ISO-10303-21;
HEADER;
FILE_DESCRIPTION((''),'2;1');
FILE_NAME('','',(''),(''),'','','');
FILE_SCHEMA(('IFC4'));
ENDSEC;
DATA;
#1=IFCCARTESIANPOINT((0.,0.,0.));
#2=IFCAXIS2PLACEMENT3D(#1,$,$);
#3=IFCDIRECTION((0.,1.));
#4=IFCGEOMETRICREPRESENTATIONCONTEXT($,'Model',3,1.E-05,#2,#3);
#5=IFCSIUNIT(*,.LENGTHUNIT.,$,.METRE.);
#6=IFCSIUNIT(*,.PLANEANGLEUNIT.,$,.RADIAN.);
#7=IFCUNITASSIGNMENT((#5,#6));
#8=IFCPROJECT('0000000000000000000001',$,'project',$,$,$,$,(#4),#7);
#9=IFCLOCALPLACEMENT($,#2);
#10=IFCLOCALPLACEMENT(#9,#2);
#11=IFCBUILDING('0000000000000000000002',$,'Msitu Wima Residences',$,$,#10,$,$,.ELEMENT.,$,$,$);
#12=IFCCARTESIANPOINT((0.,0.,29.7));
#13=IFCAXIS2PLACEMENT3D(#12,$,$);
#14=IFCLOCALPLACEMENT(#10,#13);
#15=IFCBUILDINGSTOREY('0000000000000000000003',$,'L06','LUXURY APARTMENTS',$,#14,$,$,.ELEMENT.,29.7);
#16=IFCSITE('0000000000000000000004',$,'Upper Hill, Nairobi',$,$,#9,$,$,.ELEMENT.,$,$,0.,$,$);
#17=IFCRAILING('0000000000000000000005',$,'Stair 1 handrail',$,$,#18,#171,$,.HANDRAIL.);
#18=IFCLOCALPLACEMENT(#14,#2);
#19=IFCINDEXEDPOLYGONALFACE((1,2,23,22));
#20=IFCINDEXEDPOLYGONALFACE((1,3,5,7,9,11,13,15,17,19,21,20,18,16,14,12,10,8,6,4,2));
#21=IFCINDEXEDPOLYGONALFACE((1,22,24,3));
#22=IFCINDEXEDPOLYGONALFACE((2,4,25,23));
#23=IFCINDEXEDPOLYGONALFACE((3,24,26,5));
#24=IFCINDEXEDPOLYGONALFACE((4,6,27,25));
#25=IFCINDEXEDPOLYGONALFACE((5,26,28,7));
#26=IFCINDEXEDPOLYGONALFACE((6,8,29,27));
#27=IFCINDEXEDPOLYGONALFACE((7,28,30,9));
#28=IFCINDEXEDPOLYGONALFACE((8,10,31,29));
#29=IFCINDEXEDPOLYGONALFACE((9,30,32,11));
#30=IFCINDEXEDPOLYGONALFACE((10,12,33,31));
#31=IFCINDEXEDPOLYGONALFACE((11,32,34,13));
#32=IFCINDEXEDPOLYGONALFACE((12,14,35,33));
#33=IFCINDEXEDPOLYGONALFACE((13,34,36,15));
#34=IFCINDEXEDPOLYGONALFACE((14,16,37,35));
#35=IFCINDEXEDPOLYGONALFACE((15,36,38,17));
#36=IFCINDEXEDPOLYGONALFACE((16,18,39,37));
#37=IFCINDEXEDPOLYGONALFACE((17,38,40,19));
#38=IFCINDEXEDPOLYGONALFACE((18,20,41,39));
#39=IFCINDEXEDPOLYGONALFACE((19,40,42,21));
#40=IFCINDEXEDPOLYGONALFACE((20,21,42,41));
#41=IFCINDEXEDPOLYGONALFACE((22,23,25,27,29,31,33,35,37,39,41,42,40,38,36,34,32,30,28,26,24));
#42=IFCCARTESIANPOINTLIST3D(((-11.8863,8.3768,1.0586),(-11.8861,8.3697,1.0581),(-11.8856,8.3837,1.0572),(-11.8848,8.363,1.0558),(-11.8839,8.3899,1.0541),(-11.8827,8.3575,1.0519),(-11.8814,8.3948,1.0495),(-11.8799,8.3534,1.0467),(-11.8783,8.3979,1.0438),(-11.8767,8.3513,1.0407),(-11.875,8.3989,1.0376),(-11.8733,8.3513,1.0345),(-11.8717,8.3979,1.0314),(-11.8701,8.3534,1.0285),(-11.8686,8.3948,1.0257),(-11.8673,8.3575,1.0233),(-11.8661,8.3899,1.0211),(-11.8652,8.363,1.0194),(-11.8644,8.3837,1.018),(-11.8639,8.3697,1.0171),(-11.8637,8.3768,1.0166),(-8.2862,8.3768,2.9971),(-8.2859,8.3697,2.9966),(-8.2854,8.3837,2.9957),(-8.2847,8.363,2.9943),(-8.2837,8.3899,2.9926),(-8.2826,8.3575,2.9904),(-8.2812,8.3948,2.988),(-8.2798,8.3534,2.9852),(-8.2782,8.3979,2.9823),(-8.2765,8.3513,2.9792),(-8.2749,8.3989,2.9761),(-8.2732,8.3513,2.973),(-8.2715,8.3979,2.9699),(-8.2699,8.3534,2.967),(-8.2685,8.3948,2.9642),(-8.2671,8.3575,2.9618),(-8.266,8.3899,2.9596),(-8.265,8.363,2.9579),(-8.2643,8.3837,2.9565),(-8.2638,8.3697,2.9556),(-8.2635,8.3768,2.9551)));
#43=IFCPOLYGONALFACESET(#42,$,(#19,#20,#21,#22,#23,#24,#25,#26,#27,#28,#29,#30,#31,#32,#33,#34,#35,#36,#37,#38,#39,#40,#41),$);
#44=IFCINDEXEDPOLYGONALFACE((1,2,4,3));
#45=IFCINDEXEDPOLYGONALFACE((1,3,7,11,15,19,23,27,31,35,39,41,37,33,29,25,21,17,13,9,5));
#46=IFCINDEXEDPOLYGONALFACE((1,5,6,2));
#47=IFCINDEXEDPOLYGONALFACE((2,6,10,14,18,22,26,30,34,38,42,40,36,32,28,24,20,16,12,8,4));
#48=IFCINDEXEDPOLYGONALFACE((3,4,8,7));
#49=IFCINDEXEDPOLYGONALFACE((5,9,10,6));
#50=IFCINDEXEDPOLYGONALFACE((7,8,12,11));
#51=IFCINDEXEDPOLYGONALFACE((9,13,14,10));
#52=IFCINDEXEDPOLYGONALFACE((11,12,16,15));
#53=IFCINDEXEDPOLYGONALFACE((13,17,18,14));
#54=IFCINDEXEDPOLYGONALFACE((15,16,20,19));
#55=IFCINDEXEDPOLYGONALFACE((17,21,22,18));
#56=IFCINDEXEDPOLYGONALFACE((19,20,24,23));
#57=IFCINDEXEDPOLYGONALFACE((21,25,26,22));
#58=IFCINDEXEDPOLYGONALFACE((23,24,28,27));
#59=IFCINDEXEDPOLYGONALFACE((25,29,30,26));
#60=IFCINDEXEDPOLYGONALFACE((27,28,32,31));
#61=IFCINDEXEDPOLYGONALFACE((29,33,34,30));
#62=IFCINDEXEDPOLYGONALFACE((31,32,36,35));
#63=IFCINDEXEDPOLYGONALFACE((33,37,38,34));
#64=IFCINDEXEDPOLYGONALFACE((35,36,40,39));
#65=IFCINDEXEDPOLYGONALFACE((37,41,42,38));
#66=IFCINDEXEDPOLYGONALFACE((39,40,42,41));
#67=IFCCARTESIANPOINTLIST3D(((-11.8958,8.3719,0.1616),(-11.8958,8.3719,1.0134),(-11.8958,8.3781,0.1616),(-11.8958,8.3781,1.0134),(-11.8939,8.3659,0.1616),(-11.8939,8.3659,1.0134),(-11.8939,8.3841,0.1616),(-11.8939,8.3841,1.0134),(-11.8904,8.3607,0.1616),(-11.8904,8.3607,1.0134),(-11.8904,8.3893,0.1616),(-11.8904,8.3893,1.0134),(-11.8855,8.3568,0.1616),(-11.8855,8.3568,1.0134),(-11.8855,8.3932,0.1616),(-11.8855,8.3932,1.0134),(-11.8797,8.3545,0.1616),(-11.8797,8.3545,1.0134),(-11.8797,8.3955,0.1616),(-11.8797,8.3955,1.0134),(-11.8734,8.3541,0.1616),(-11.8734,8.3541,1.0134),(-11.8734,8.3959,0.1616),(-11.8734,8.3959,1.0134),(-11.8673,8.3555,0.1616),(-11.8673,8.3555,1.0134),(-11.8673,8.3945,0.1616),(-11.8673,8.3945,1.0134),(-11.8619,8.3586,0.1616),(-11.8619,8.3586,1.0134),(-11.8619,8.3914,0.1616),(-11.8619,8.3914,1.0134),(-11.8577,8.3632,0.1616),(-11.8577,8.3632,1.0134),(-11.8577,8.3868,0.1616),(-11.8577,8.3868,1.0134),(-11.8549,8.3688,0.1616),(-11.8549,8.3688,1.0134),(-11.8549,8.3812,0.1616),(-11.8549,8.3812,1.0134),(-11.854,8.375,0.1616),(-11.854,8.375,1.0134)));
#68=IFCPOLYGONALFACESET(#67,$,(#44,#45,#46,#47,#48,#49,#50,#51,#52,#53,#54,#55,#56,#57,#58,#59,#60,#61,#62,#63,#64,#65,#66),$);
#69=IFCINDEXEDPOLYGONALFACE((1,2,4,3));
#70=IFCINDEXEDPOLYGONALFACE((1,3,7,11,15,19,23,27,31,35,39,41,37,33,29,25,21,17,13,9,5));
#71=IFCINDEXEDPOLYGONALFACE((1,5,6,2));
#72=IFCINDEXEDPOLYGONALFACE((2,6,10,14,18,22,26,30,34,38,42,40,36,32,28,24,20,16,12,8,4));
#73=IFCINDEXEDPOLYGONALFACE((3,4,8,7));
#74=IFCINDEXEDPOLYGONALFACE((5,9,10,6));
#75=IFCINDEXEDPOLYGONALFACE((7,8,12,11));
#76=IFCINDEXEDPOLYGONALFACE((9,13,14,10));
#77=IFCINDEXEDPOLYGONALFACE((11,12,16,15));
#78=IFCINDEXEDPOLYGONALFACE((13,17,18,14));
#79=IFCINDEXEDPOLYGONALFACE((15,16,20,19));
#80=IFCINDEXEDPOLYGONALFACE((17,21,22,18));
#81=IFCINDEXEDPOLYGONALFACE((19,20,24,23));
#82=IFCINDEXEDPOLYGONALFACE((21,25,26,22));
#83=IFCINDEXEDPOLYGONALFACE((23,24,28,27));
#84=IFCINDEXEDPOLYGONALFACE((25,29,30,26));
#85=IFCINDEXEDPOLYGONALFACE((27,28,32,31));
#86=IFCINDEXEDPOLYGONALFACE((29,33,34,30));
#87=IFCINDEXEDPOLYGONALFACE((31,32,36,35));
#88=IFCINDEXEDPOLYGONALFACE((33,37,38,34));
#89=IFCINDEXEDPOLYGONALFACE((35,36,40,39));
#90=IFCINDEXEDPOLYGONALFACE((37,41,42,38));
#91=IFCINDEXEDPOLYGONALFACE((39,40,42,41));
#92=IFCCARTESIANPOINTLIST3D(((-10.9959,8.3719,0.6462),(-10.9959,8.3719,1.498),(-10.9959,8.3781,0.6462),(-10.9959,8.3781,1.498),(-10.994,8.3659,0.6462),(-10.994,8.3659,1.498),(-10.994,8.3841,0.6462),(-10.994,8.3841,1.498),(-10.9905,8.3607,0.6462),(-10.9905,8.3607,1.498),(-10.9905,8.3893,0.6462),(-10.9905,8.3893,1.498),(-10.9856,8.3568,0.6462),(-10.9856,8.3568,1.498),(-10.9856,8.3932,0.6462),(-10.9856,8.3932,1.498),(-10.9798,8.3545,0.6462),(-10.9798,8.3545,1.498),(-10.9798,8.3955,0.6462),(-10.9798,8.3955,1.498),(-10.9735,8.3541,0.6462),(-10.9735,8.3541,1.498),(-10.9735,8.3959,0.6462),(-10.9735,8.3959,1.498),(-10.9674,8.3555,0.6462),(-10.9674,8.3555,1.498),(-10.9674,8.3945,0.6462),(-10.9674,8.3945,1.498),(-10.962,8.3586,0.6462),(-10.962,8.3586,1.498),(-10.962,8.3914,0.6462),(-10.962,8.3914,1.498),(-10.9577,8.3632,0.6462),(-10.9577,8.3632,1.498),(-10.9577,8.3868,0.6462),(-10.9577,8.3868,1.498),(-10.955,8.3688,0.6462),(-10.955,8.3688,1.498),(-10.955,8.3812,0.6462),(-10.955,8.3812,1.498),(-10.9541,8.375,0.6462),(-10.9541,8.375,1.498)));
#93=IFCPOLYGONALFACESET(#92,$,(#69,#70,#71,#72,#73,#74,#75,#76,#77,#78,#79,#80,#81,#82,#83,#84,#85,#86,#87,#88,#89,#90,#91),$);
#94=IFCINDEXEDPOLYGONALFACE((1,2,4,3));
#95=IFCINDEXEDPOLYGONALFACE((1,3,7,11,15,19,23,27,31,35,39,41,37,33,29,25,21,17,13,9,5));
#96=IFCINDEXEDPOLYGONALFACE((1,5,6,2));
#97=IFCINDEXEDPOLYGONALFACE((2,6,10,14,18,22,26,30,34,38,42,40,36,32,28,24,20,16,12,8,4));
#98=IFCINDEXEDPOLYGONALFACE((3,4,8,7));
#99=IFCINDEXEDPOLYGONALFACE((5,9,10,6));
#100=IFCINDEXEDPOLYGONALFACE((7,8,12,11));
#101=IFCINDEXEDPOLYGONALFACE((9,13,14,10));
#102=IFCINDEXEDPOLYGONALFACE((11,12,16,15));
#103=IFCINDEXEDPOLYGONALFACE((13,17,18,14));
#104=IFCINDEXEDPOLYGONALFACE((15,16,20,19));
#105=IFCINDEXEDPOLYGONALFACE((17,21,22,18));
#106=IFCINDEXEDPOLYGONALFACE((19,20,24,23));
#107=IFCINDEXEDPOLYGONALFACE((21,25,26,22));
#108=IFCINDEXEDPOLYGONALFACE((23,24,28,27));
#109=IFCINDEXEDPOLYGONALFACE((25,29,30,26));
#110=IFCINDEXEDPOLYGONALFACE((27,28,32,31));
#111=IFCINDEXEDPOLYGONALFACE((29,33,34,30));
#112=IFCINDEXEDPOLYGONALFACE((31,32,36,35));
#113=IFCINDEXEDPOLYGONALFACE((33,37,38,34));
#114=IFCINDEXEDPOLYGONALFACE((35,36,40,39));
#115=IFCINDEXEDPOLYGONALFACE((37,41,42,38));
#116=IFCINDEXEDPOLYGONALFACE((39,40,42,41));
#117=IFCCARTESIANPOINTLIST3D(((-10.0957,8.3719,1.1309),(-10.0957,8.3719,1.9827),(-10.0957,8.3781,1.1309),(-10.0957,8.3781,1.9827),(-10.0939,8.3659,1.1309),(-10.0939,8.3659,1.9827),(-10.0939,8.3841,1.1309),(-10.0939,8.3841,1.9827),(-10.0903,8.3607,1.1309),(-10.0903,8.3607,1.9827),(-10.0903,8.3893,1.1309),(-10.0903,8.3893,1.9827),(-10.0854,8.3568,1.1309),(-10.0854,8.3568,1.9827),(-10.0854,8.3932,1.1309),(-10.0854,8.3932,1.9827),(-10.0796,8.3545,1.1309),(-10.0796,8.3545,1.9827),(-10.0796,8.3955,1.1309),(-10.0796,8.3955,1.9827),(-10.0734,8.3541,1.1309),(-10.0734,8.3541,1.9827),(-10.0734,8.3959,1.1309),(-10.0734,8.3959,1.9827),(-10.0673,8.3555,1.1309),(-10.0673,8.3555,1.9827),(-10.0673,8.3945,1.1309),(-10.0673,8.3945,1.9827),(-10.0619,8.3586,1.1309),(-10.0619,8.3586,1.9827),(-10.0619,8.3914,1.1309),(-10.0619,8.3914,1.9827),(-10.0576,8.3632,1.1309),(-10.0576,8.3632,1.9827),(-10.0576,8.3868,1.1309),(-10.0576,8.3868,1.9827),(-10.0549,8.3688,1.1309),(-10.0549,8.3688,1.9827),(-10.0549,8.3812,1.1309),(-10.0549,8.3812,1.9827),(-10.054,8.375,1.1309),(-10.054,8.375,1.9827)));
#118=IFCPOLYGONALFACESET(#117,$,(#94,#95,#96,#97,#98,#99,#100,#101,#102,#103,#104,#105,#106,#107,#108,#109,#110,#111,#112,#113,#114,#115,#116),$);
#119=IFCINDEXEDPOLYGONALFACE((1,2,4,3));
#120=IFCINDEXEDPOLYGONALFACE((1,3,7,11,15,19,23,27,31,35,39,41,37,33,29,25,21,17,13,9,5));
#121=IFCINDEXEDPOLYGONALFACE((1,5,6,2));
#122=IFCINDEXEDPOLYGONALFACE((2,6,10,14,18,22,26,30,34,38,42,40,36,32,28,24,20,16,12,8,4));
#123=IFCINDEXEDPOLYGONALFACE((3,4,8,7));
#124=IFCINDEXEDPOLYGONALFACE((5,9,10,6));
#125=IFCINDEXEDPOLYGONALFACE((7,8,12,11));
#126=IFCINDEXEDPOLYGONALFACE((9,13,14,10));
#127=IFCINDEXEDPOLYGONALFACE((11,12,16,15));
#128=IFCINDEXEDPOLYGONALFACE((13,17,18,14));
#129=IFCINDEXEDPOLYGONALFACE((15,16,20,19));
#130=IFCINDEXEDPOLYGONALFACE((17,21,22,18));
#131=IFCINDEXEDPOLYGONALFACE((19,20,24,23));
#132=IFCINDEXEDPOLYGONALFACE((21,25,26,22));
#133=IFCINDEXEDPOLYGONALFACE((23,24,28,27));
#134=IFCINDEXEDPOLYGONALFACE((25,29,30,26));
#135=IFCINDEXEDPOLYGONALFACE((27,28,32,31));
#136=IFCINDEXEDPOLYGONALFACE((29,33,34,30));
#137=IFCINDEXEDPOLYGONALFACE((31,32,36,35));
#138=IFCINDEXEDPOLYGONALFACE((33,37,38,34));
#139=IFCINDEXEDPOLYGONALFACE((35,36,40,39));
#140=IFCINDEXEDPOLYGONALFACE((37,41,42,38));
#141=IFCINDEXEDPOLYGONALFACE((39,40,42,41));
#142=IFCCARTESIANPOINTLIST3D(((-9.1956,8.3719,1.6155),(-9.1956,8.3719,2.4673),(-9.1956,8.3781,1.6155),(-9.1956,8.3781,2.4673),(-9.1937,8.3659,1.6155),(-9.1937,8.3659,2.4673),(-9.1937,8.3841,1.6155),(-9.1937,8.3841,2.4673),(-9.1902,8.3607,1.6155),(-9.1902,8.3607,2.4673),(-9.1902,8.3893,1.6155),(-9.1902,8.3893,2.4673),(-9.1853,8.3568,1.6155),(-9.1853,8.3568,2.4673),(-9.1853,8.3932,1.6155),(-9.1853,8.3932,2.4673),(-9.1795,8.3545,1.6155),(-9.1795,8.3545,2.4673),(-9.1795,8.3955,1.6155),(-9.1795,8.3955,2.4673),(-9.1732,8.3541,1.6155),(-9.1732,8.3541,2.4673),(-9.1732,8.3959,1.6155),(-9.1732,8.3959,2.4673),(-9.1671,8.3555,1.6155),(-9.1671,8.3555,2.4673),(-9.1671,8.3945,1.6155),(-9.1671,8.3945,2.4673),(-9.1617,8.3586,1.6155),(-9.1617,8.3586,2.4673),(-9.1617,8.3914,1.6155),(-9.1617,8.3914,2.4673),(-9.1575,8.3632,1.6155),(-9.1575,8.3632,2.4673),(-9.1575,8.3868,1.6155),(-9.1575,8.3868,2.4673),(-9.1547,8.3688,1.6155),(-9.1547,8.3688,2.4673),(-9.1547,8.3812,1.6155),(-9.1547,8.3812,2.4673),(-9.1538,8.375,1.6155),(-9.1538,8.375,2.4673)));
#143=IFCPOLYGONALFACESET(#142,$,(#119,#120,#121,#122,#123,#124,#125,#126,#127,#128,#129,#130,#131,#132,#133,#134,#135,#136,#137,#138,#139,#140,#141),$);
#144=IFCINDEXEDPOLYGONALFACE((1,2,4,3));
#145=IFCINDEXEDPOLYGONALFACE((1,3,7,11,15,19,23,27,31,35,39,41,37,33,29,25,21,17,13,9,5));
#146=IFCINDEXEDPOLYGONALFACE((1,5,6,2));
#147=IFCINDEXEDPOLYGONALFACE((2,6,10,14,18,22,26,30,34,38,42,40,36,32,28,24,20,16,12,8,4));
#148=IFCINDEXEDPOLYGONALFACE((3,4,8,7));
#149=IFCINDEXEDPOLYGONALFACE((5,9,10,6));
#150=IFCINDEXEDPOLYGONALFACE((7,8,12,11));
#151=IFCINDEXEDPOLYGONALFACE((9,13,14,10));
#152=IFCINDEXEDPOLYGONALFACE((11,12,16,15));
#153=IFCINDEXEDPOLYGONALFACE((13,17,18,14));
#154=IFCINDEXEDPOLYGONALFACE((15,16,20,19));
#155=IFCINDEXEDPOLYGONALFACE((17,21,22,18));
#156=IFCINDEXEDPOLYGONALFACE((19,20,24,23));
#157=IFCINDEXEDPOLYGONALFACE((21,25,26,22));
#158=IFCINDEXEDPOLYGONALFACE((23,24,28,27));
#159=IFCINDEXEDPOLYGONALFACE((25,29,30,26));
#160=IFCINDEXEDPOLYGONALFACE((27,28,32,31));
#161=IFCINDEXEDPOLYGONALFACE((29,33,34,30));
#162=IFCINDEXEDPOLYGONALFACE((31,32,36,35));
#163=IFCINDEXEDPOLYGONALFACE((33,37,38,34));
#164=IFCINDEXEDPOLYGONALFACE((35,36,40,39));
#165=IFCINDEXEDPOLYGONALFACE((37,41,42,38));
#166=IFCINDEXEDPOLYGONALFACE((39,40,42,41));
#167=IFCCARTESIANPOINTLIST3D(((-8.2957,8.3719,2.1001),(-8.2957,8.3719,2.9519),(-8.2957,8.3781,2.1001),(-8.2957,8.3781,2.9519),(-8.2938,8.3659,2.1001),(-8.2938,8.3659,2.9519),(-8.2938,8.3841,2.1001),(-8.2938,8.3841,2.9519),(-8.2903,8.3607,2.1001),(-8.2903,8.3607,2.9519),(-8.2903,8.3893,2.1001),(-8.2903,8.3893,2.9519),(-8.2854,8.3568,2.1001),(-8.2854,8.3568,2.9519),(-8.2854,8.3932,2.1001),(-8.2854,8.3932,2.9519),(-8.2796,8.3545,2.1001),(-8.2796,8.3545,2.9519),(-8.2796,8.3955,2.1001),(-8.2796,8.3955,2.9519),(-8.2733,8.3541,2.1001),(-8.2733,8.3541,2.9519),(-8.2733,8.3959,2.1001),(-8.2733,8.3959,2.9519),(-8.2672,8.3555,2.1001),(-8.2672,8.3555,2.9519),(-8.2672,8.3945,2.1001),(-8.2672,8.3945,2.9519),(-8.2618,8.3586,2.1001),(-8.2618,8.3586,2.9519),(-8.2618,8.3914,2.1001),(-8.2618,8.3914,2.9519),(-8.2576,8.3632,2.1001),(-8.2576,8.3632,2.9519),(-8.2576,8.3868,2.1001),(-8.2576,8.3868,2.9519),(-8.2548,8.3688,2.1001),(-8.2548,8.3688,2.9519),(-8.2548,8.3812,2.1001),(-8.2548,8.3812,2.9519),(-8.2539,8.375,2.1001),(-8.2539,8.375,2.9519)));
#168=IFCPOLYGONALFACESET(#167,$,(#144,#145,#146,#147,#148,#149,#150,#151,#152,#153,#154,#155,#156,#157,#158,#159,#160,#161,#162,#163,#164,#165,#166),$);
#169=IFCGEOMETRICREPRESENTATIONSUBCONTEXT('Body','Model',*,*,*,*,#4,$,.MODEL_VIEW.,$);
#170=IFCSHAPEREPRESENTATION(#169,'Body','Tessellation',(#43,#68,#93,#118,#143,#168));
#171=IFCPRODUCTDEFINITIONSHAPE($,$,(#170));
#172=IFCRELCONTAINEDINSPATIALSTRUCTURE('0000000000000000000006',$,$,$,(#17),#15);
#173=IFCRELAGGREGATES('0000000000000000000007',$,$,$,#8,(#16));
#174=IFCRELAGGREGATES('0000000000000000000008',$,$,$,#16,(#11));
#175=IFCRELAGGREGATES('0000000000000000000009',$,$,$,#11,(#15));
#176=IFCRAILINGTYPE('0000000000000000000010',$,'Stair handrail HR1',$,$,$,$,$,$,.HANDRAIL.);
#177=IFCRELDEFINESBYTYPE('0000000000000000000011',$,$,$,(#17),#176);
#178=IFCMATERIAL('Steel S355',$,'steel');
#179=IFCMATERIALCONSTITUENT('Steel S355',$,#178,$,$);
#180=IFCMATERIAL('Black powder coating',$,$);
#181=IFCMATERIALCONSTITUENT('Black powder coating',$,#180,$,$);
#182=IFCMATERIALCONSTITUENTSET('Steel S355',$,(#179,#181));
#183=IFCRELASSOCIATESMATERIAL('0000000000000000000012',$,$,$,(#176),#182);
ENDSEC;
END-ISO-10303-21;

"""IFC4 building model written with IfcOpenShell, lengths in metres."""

from ifc_helpers import new_model, si_unit, direction, frame, origin, origin_2d, place, context, subcontext, project, spatial, circle, extrude, material, constituent, constituent_set, type_object, element, save


model = new_model("IFC4")

# Units and contexts
model_context = context("Model", 3, precision=1e-05, world=origin(), true_north=direction((0.0, 1.0)))
body_context = subcontext(model_context, "Body", "Model", "MODEL_VIEW")
ifc_project = project(units=[si_unit("LENGTHUNIT", "METRE"), si_unit("PLANEANGLEUNIT", "RADIAN")], contexts=[model_context])

# Site, building, storey
site_placement = place(None, origin())
site = spatial("IfcSite", under=ifc_project, at=site_placement, Name="Upper Hill, Nairobi", CompositionType="ELEMENT", RefElevation=0.0)
building_placement = place(site_placement, origin())
building = spatial("IfcBuilding", under=site, at=building_placement, Name="Msitu Wima Residences", CompositionType="ELEMENT")
storey_placement = place(building_placement, frame((0.0, 0.0, 29.7)))
storey = spatial("IfcBuildingStorey", under=building, at=storey_placement, Name="L06", Description="LUXURY APARTMENTS", CompositionType="ELEMENT", Elevation=29.7)

# Railing
ifc_material_1 = material(Name="Steel S355", Category="steel")
ifc_constituent_1 = constituent(ifc_material_1, Name="Steel S355")
ifc_material_2 = material(Name="Black powder coating")
ifc_constituent_2 = constituent(ifc_material_2, Name="Black powder coating")
ifc_constituent_set = constituent_set(constituents=[ifc_constituent_1, ifc_constituent_2], Name="Steel S355")
railing_type = type_object("IfcRailingType", Name="Stair handrail HR1", PredefinedType="HANDRAIL", material=ifc_constituent_set)
for number, where, name in (
    (1, (-11.875, 8.375, 0.1616), "Stair 1 handrail"),
):
    element("IfcRailing", number, at=place(storey_placement, frame(where)), inside=storey, type_object=railing_type, Name=name, PredefinedType="HANDRAIL", context=body_context, shape_type="SweptSolid", body=[
        extrude(circle(Radius=0.0239, at=origin_2d()), frame((0.0, 0.0, 0.876), z_axis=(0.880475, 0.0, 0.474093), x_axis=(0.0, 1.0, 0.0)), (0.0, 0.0, 1.0), 4.0889),
        extrude(circle(Radius=0.021, at=origin_2d()), origin(), (0.0, 0.0, 1.0), 0.8518),
        extrude(circle(Radius=0.021, at=origin_2d()), frame((0.8999, 0.0, 0.4846)), (0.0, 0.0, 1.0), 0.8518),
        extrude(circle(Radius=0.021, at=origin_2d()), frame((1.8, 0.0, 0.9692)), (0.0, 0.0, 1.0), 0.8518),
        extrude(circle(Radius=0.021, at=origin_2d()), frame((2.7002, 0.0, 1.4539)), (0.0, 0.0, 1.0), 0.8518),
        extrude(circle(Radius=0.021, at=origin_2d()), frame((3.6001, 0.0, 1.9385)), (0.0, 0.0, 1.0), 0.8518),
    ])

save(model, "model.ifc")
